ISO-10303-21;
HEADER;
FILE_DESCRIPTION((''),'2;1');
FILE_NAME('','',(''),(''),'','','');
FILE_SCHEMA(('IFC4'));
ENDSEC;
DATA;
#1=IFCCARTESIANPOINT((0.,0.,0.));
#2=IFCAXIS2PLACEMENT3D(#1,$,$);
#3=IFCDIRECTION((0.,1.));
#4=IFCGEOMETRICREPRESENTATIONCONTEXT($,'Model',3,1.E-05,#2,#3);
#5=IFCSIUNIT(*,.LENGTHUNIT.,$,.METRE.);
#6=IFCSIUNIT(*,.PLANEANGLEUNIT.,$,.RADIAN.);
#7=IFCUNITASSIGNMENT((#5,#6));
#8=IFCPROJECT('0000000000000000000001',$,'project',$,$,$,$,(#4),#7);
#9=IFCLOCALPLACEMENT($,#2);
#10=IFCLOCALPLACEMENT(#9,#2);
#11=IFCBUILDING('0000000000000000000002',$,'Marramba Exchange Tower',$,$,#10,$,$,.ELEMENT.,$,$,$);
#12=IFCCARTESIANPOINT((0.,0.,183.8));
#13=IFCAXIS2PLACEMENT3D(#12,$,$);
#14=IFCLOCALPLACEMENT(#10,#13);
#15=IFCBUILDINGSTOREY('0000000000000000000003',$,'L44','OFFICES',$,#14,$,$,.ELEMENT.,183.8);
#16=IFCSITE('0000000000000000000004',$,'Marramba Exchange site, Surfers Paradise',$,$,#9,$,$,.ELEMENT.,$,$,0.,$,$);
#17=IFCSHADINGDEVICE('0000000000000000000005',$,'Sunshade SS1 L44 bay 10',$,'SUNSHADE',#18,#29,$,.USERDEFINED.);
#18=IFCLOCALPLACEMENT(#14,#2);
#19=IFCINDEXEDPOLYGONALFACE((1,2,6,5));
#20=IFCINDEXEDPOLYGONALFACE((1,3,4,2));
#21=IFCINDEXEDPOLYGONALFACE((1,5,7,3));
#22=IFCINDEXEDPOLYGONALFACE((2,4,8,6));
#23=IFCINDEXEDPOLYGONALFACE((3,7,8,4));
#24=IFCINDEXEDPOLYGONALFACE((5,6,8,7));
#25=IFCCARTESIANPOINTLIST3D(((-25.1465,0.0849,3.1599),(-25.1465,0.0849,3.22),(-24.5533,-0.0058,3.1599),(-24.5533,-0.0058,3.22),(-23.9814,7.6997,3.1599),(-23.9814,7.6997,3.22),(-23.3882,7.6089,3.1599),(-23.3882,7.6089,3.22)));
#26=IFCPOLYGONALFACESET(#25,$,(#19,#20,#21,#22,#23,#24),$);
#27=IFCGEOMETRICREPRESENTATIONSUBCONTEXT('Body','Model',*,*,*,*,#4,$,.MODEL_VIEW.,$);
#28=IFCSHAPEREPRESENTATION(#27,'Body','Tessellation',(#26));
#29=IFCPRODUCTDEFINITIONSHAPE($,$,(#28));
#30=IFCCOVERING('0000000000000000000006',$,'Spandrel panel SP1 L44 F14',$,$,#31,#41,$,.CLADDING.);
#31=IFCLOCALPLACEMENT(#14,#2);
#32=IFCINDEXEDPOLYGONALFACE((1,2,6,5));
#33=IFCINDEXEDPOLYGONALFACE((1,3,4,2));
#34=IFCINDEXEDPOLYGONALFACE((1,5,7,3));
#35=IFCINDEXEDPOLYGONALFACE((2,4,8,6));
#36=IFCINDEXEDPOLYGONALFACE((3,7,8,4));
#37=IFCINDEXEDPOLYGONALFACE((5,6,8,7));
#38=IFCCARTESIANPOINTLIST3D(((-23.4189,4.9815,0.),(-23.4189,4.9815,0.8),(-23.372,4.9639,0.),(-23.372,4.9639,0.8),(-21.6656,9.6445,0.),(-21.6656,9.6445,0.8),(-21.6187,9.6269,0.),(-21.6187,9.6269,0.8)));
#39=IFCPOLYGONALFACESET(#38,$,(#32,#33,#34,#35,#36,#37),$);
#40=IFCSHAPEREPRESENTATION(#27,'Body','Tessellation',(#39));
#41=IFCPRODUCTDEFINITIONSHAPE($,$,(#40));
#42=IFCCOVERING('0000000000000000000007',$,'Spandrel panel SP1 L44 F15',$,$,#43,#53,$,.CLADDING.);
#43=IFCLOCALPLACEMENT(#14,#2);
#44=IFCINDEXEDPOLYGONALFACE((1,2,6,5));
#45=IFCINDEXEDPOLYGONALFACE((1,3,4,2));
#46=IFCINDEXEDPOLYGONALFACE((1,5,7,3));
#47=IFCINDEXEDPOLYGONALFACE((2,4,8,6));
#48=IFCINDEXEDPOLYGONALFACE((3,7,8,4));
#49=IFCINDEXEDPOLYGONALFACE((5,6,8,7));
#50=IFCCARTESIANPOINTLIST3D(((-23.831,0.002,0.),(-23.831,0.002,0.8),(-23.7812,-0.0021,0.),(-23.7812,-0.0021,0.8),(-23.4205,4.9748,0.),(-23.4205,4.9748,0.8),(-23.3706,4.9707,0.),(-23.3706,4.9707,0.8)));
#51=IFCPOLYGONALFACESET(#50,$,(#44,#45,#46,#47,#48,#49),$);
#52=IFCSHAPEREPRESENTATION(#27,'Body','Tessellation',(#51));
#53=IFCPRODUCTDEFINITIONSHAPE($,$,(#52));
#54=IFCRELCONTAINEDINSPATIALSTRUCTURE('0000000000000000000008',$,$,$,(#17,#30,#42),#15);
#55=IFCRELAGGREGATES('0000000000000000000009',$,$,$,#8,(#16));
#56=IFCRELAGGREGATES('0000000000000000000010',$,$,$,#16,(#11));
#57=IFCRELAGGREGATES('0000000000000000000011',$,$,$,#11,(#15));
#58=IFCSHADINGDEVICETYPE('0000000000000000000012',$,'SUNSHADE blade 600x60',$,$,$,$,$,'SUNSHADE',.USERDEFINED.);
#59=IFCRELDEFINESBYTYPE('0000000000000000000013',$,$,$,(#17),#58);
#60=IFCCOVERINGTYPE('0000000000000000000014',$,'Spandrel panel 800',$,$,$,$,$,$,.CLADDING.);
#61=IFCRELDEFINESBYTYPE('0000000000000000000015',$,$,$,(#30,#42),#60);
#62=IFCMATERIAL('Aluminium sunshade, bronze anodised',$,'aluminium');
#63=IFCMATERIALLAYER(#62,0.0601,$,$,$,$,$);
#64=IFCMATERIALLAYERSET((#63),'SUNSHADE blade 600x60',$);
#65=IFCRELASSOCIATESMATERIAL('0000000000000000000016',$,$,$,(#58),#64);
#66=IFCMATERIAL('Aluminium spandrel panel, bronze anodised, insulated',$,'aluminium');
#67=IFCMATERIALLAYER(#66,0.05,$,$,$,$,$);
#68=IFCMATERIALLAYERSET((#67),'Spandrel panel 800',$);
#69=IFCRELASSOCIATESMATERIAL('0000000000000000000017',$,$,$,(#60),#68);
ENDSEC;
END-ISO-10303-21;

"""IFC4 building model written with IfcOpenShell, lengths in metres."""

from ifc_helpers import new_model, si_unit, direction, frame, origin, origin_2d, place, context, subcontext, project, spatial, rectangle, extrude, material, layer, layer_set, type_object, element, save


model = new_model("IFC4")

# Units and contexts
model_context = context("Model", 3, precision=1e-05, world=origin(), true_north=direction((0.0, 1.0)))
body_context = subcontext(model_context, "Body", "Model", "MODEL_VIEW")
ifc_project = project(units=[si_unit("LENGTHUNIT", "METRE"), si_unit("PLANEANGLEUNIT", "RADIAN")], contexts=[model_context])

# Site, building, storey
site_placement = place(None, origin())
site = spatial("IfcSite", under=ifc_project, at=site_placement, Name="Marramba Exchange site, Surfers Paradise", CompositionType="ELEMENT", RefElevation=0.0)
building_placement = place(site_placement, origin())
building = spatial("IfcBuilding", under=site, at=building_placement, Name="Marramba Exchange Tower", CompositionType="ELEMENT")
storey_placement = place(building_placement, frame((0.0, 0.0, 183.8)))
storey = spatial("IfcBuildingStorey", under=building, at=storey_placement, Name="L44", Description="OFFICES", CompositionType="ELEMENT", Elevation=183.8)

# Shading device
ifc_material_1 = material(Name="Aluminium sunshade, bronze anodised", Category="aluminium")
ifc_layer_1 = layer(ifc_material_1, 0.0601)
ifc_layer_set_1 = layer_set([ifc_layer_1], Name="SUNSHADE blade 600x60")
shading_device_type_1 = type_object("IfcShadingDeviceType", Name="SUNSHADE blade 600x60", ElementType="SUNSHADE", PredefinedType="USERDEFINED", material=ifc_layer_set_1)
shading_device_1_placement = place(storey_placement, frame((-24.2673, 3.8469, 3.1599), z_axis=(0.0, 0.0, 1.0), x_axis=(-0.151241, -0.988497, 0.0)))
element("IfcShadingDevice", 1, at=shading_device_1_placement, inside=storey, type_object=shading_device_type_1, Name="Sunshade SS1 L44 bay 10", ObjectType="SUNSHADE", PredefinedType="USERDEFINED", context=body_context, shape_type="SweptSolid", body=[
    extrude(rectangle(XDim=7.7034, YDim=0.6001, at=origin_2d()), origin(), (0.0, 0.0, 1.0), 0.0601),
])

# Coverings
ifc_material_2 = material(Name="Aluminium spandrel panel, bronze anodised, insulated", Category="aluminium")
ifc_layer_2 = layer(ifc_material_2, 0.05)
ifc_layer_set_2 = layer_set([ifc_layer_2], Name="Spandrel panel 800")
covering_type = type_object("IfcCoveringType", Name="Spandrel panel 800", PredefinedType="CLADDING", material=ifc_layer_set_2)
covering_1_placement = place(storey_placement, frame((-22.5188, 7.3042, 0.0), z_axis=(0.0, 0.0, 1.0), x_axis=(-0.351952, -0.936018, 0.0)))
element("IfcCovering", 2, at=covering_1_placement, inside=storey, type_object=covering_type, Name="Spandrel panel SP1 L44 F14", PredefinedType="CLADDING", context=body_context, shape_type="SweptSolid", body=[
    extrude(rectangle(XDim=4.9817, YDim=0.05, at=origin_2d()), origin(), (0.0, 0.0, 1.0), 0.8),
])
covering_2_placement = place(storey_placement, frame((-23.6008, 2.4863, 0.0), z_axis=(0.0, 0.0, 1.0), x_axis=(-0.082281, -0.996609, 0.0)))
element("IfcCovering", 3, at=covering_2_placement, inside=storey, type_object=covering_type, Name="Spandrel panel SP1 L44 F15", PredefinedType="CLADDING", context=body_context, shape_type="SweptSolid", body=[
    extrude(rectangle(XDim=4.9897, YDim=0.05, at=origin_2d()), origin(), (0.0, 0.0, 1.0), 0.8),
])

save(model, "model.ifc")
